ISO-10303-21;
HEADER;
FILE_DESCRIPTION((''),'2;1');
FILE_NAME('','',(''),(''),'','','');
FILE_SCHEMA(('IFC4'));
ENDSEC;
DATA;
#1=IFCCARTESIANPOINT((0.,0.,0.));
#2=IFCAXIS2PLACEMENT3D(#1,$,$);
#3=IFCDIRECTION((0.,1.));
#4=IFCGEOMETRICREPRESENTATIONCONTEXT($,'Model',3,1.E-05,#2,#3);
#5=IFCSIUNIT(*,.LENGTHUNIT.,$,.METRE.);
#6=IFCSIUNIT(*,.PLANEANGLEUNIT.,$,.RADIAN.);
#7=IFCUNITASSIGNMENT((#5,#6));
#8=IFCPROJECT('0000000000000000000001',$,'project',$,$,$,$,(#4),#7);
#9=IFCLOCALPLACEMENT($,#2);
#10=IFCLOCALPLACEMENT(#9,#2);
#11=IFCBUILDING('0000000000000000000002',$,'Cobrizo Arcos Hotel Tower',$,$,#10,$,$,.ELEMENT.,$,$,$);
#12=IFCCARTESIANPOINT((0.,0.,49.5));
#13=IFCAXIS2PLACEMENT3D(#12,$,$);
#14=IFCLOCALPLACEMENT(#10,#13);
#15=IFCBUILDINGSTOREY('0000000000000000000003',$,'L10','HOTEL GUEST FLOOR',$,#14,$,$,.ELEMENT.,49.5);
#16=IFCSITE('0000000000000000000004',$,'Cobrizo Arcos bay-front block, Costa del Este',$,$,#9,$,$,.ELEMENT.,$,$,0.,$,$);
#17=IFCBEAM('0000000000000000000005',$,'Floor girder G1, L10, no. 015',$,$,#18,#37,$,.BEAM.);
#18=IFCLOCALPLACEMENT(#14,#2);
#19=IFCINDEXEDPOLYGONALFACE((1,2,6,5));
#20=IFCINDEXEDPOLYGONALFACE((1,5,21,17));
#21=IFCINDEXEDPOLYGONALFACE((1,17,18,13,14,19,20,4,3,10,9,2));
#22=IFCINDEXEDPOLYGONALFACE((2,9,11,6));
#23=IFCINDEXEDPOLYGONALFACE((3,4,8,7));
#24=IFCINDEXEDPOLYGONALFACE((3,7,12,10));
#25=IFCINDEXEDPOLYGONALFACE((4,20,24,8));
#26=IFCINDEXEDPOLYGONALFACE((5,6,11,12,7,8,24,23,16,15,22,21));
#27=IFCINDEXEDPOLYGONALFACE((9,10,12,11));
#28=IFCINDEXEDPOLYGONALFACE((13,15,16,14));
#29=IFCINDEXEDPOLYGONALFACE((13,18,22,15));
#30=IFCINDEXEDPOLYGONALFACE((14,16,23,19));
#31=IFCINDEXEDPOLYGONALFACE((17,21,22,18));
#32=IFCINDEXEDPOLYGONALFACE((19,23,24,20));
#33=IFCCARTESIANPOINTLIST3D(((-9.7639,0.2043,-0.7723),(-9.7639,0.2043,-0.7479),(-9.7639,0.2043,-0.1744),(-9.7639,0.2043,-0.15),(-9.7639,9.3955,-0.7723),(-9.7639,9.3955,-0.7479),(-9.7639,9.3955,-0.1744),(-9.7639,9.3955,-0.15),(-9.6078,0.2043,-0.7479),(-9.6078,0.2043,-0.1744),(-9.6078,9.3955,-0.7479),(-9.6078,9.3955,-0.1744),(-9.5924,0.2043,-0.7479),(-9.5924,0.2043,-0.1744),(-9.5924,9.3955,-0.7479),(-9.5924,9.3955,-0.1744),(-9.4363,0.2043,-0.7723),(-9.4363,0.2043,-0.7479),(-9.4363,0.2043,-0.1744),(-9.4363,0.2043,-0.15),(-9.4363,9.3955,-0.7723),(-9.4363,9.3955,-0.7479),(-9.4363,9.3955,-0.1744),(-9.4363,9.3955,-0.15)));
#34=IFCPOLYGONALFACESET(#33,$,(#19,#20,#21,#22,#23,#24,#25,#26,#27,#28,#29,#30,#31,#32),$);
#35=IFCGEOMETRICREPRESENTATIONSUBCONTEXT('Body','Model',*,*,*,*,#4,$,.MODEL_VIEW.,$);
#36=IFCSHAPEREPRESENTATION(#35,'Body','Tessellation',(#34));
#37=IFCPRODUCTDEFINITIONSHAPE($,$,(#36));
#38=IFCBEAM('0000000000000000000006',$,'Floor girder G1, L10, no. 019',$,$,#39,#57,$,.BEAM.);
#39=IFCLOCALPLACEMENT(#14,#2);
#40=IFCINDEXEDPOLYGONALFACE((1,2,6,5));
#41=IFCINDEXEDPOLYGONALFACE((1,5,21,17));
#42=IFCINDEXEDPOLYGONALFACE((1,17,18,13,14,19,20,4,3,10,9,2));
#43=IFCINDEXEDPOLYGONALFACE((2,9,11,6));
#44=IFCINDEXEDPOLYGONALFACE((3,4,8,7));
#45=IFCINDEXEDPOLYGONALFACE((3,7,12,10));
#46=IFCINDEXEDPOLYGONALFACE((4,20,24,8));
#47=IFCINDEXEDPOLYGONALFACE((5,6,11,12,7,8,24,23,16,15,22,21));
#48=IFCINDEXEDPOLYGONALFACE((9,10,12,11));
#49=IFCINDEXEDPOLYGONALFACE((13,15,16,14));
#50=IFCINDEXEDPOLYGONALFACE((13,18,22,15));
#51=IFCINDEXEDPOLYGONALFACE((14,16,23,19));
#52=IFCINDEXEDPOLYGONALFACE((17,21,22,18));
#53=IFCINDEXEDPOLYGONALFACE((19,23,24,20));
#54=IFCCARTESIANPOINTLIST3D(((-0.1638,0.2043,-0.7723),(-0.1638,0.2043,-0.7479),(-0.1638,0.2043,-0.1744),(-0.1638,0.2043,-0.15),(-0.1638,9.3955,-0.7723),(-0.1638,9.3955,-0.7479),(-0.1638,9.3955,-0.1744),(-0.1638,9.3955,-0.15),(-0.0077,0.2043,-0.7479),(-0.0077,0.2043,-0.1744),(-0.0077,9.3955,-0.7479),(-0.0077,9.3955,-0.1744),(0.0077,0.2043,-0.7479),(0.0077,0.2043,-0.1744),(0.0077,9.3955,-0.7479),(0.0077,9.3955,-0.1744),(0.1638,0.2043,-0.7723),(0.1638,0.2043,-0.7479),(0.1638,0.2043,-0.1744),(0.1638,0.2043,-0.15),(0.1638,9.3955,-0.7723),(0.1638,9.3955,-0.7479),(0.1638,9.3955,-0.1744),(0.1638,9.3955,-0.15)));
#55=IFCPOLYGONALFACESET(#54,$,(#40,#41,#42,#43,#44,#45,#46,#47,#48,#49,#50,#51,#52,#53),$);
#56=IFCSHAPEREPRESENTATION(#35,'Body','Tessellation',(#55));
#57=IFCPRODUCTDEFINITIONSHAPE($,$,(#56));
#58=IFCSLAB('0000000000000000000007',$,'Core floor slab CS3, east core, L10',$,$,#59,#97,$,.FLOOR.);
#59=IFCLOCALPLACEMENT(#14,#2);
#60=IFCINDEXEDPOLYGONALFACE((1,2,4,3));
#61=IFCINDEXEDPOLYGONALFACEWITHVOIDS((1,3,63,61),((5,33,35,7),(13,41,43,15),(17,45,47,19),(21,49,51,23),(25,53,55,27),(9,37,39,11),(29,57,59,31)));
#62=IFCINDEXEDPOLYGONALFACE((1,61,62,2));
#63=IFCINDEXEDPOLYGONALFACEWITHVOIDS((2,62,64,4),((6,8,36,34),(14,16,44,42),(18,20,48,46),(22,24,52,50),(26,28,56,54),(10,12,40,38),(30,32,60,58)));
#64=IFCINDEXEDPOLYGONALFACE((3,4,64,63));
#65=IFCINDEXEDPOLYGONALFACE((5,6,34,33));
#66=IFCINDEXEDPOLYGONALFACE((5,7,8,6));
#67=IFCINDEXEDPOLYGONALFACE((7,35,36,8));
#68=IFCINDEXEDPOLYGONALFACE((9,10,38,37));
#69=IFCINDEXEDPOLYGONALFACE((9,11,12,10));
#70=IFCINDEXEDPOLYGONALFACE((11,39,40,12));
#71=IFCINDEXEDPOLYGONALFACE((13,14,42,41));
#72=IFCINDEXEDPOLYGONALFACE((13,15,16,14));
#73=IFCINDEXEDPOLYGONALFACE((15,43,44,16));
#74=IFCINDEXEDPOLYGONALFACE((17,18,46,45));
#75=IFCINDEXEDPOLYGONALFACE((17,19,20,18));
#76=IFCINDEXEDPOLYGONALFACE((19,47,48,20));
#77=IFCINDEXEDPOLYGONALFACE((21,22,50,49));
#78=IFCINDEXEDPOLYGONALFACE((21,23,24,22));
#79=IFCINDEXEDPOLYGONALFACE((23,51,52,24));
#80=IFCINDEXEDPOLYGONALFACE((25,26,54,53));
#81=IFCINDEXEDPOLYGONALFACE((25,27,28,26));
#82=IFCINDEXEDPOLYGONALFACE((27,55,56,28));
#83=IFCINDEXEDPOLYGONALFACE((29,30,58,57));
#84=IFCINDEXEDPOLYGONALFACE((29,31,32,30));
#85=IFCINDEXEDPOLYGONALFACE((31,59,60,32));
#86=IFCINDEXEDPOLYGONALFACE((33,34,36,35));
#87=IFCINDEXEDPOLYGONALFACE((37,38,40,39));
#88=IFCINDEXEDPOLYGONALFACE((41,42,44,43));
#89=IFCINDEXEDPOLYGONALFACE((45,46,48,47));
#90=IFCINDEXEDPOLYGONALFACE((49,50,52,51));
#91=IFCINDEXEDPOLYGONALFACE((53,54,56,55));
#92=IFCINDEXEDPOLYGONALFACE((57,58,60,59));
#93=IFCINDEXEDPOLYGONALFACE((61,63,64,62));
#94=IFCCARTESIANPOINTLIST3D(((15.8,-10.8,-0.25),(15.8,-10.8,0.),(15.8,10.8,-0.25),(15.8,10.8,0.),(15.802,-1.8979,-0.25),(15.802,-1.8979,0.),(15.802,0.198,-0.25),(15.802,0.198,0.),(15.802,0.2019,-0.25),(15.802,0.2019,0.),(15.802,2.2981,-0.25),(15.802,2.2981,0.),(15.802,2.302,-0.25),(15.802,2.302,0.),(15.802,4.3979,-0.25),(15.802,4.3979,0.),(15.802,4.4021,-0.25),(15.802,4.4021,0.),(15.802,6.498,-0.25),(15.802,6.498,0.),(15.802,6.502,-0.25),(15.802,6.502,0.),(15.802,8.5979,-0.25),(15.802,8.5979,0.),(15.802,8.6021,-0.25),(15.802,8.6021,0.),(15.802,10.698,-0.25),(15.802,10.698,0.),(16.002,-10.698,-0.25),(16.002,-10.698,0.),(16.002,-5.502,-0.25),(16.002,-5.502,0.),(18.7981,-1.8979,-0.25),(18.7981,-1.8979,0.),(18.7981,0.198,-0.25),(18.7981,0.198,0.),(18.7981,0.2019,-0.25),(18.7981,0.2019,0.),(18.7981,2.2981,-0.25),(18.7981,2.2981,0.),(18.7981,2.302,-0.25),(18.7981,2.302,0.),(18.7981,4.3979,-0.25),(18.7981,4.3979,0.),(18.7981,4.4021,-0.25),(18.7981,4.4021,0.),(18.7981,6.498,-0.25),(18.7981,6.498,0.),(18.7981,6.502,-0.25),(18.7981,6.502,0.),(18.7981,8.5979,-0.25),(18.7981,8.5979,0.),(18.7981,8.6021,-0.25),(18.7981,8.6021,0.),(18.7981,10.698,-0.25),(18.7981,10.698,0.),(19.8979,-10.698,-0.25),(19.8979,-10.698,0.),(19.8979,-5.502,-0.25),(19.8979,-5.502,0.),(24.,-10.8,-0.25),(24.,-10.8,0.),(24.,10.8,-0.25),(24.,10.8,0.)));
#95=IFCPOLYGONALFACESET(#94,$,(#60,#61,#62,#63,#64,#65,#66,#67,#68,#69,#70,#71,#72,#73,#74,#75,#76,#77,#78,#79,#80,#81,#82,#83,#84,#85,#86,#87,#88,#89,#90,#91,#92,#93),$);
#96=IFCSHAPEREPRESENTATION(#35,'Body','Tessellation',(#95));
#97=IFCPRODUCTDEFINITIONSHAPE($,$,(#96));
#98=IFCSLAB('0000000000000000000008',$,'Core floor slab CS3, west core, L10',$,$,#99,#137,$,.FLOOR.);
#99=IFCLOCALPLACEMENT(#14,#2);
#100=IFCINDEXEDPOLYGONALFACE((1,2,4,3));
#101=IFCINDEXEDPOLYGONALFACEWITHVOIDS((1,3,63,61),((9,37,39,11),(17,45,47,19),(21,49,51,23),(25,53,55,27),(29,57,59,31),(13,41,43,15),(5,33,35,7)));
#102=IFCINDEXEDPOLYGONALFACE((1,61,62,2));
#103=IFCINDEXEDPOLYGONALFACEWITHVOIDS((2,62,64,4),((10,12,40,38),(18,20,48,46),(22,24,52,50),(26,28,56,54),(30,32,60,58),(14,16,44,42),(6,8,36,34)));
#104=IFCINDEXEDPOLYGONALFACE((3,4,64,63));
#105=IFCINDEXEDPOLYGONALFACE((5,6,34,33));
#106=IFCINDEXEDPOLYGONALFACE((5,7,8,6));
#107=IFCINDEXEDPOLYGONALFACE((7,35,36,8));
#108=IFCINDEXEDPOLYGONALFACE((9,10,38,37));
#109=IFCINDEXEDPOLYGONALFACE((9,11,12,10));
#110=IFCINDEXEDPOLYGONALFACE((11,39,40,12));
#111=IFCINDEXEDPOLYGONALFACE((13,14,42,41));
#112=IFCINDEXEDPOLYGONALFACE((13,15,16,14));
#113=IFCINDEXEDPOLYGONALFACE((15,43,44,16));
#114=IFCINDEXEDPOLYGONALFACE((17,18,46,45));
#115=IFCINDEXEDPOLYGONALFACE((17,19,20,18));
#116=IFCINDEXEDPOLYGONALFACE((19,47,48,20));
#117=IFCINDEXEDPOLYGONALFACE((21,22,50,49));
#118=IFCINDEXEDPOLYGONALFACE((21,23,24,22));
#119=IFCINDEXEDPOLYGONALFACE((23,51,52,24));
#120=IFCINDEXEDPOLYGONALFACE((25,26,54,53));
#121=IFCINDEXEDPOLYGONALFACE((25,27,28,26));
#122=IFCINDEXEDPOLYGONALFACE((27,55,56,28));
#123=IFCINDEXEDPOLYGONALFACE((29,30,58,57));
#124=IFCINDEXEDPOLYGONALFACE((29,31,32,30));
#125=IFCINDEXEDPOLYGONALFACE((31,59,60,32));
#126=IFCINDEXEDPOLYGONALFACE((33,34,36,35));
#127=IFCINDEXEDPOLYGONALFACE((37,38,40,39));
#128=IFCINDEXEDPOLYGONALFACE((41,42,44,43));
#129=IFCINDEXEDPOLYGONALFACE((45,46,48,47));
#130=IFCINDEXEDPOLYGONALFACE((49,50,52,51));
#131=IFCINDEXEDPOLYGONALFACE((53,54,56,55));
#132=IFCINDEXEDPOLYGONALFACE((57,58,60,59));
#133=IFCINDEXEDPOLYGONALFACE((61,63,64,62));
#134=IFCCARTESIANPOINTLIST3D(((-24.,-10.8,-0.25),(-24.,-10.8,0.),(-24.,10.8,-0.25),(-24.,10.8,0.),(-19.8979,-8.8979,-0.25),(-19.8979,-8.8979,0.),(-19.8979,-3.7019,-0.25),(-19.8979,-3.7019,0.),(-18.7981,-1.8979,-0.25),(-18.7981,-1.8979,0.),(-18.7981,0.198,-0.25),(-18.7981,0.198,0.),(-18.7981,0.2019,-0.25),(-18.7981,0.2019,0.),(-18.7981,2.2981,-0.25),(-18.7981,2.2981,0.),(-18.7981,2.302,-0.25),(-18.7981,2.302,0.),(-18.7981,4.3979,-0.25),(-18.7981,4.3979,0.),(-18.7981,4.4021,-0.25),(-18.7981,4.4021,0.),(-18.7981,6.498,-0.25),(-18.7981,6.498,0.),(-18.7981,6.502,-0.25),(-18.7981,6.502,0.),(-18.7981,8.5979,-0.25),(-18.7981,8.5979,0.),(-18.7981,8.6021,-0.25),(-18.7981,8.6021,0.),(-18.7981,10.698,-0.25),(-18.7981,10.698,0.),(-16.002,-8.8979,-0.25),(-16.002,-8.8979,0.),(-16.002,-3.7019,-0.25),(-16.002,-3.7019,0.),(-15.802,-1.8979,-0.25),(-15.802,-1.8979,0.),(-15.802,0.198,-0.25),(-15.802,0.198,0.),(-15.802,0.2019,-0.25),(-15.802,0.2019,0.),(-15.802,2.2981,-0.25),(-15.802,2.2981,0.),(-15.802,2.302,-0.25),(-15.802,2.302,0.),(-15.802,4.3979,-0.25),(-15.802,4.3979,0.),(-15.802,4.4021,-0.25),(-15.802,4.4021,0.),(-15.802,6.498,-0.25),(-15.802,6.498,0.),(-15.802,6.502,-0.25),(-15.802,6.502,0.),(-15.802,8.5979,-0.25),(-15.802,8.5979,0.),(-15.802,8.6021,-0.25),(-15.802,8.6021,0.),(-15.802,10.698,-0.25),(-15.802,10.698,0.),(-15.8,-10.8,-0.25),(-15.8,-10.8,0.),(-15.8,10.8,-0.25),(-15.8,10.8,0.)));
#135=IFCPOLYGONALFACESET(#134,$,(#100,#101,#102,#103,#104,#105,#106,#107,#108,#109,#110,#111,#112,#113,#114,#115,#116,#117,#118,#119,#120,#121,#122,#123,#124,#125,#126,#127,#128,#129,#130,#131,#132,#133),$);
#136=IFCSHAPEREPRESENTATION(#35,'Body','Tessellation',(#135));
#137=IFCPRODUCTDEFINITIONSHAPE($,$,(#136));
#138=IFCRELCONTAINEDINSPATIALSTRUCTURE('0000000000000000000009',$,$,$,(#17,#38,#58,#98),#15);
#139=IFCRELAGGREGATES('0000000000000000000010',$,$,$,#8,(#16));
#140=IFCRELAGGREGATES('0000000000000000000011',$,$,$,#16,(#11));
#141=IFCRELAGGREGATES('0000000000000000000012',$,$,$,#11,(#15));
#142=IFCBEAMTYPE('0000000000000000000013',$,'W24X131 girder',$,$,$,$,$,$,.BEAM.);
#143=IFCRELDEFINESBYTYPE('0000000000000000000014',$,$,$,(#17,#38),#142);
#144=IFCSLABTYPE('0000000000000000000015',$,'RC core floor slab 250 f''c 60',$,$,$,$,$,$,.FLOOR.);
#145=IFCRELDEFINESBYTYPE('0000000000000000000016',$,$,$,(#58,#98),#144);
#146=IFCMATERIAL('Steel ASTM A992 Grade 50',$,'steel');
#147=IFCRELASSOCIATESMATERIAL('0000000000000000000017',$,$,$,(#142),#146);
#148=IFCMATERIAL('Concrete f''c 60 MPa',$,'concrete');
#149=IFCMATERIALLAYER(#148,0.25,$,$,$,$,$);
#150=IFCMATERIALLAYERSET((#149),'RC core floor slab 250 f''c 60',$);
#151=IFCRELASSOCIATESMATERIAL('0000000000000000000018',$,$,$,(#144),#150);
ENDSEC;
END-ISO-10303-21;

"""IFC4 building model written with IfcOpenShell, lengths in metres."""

from ifc_helpers import new_model, si_unit, direction, frame, origin, origin_2d, place, context, subcontext, project, spatial, polyline, i_section, outline, extrude, material, layer, layer_set, material_profile, profile_set, type_object, element, save


model = new_model("IFC4")

# Units and contexts
model_context = context("Model", 3, precision=1e-05, world=origin(), true_north=direction((0.0, 1.0)))
body_context = subcontext(model_context, "Body", "Model", "MODEL_VIEW")
ifc_project = project(units=[si_unit("LENGTHUNIT", "METRE"), si_unit("PLANEANGLEUNIT", "RADIAN")], contexts=[model_context])

# Site, building, storey
site_placement = place(None, origin())
site = spatial("IfcSite", under=ifc_project, at=site_placement, Name="Cobrizo Arcos bay-front block, Costa del Este", CompositionType="ELEMENT", RefElevation=0.0)
building_placement = place(site_placement, origin())
building = spatial("IfcBuilding", under=site, at=building_placement, Name="Cobrizo Arcos Hotel Tower", CompositionType="ELEMENT")
storey_placement = place(building_placement, frame((0.0, 0.0, 49.5)))
storey = spatial("IfcBuildingStorey", under=building, at=storey_placement, Name="L10", Description="HOTEL GUEST FLOOR", CompositionType="ELEMENT", Elevation=49.5)

# Shared definitions
ifc_material_1 = material(Name="Steel ASTM A992 Grade 50", Category="steel")

# Beams
ifc_material_profile_1 = material_profile(ifc_material_1, i_section(OverallWidth=0.3276, OverallDepth=0.6223, WebThickness=0.0154, FlangeThickness=0.0244, at=origin_2d()), Name="W24X131")
ifc_profile_set_1 = profile_set([ifc_material_profile_1], Name="Steel ASTM A992 Grade 50")
beam_type_1 = type_object("IfcBeamType", Name="W24X131 girder", PredefinedType="BEAM", material=ifc_profile_set_1)
for number, where, z_axis, x_axis, name in (
    (1, (-9.6001, 0.2043, -0.4612), (0.0, 1.0, 0.0), (-1.0, 0.0, 0.0), "Floor girder G1, L10, no. 015"),
    (2, (0.0, 0.2043, -0.4612), (0.0, 1.0, 0.0), (-1.0, 0.0, 0.0), "Floor girder G1, L10, no. 019"),
):
    element("IfcBeam", number, at=place(storey_placement, frame(where, z_axis=z_axis, x_axis=x_axis)), inside=storey, type_object=beam_type_1, Name=name, PredefinedType="BEAM", context=body_context, shape_type="SweptSolid", body=[
        extrude(i_section(OverallWidth=0.3276, OverallDepth=0.6223, WebThickness=0.0154, FlangeThickness=0.0244, at=origin_2d()), origin(), (0.0, 0.0, 1.0), 9.1912),
    ])

# Slabs
ifc_material_2 = material(Name="Concrete f'c 60 MPa", Category="concrete")
ifc_layer_1 = layer(ifc_material_2, 0.25)
ifc_layer_set_1 = layer_set([ifc_layer_1], Name="RC core floor slab 250 f'c 60")
slab_type_1 = type_object("IfcSlabType", Name="RC core floor slab 250 f'c 60", PredefinedType="FLOOR", material=ifc_layer_set_1)
slab_1_placement = place(storey_placement, frame((0.0, 0.0, -0.25)))
element("IfcSlab", 3, at=slab_1_placement, inside=storey, type_object=slab_type_1, Name="Core floor slab CS3, east core, L10", PredefinedType="FLOOR", context=body_context, shape_type="SweptSolid", body=[
    extrude(outline(polyline([(15.8, 10.8), (24.0, 10.8), (24.0, -10.8), (15.8, -10.8), (15.8, 10.8)]), holes=[polyline([(19.8979, -10.698), (19.8979, -5.502), (16.002, -5.502), (16.002, -10.698), (19.8979, -10.698)]), polyline([(15.802, 0.198), (15.802, -1.8979), (18.7981, -1.8979), (18.7981, 0.198), (15.802, 0.198)]), polyline([(18.7981, 2.2981), (15.802, 2.2981), (15.802, 0.2019), (18.7981, 0.2019), (18.7981, 2.2981)]), polyline([(18.7981, 4.3979), (15.802, 4.3979), (15.802, 2.302), (18.7981, 2.302), (18.7981, 4.3979)]), polyline([(15.802, 6.498), (15.802, 4.4021), (18.7981, 4.4021), (18.7981, 6.498), (15.802, 6.498)]), polyline([(18.7981, 8.5979), (15.802, 8.5979), (15.802, 6.502), (18.7981, 6.502), (18.7981, 8.5979)]), polyline([(18.7981, 10.698), (15.802, 10.698), (15.802, 8.6021), (18.7981, 8.6021), (18.7981, 10.698)])]), origin(), (0.0, 0.0, 1.0), 0.25),
])
slab_2_placement = place(storey_placement, frame((0.0, 0.0, -0.25)))
element("IfcSlab", 4, at=slab_2_placement, inside=storey, type_object=slab_type_1, Name="Core floor slab CS3, west core, L10", PredefinedType="FLOOR", context=body_context, shape_type="SweptSolid", body=[
    extrude(outline(polyline([(-24.0, 10.8), (-15.8, 10.8), (-15.8, -10.8), (-24.0, -10.8), (-24.0, 10.8)]), holes=[polyline([(-19.8979, -3.7019), (-19.8979, -8.8979), (-16.002, -8.8979), (-16.002, -3.7019), (-19.8979, -3.7019)]), polyline([(-18.7981, 0.198), (-18.7981, -1.8979), (-15.802, -1.8979), (-15.802, 0.198), (-18.7981, 0.198)]), polyline([(-15.802, 2.2981), (-18.7981, 2.2981), (-18.7981, 0.2019), (-15.802, 0.2019), (-15.802, 2.2981)]), polyline([(-15.802, 4.3979), (-18.7981, 4.3979), (-18.7981, 2.302), (-15.802, 2.302), (-15.802, 4.3979)]), polyline([(-18.7981, 6.498), (-18.7981, 4.4021), (-15.802, 4.4021), (-15.802, 6.498), (-18.7981, 6.498)]), polyline([(-15.802, 8.5979), (-18.7981, 8.5979), (-18.7981, 6.502), (-15.802, 6.502), (-15.802, 8.5979)]), polyline([(-15.802, 10.698), (-18.7981, 10.698), (-18.7981, 8.6021), (-15.802, 8.6021), (-15.802, 10.698)])]), origin(), (0.0, 0.0, 1.0), 0.25),
])

save(model, "model.ifc")
